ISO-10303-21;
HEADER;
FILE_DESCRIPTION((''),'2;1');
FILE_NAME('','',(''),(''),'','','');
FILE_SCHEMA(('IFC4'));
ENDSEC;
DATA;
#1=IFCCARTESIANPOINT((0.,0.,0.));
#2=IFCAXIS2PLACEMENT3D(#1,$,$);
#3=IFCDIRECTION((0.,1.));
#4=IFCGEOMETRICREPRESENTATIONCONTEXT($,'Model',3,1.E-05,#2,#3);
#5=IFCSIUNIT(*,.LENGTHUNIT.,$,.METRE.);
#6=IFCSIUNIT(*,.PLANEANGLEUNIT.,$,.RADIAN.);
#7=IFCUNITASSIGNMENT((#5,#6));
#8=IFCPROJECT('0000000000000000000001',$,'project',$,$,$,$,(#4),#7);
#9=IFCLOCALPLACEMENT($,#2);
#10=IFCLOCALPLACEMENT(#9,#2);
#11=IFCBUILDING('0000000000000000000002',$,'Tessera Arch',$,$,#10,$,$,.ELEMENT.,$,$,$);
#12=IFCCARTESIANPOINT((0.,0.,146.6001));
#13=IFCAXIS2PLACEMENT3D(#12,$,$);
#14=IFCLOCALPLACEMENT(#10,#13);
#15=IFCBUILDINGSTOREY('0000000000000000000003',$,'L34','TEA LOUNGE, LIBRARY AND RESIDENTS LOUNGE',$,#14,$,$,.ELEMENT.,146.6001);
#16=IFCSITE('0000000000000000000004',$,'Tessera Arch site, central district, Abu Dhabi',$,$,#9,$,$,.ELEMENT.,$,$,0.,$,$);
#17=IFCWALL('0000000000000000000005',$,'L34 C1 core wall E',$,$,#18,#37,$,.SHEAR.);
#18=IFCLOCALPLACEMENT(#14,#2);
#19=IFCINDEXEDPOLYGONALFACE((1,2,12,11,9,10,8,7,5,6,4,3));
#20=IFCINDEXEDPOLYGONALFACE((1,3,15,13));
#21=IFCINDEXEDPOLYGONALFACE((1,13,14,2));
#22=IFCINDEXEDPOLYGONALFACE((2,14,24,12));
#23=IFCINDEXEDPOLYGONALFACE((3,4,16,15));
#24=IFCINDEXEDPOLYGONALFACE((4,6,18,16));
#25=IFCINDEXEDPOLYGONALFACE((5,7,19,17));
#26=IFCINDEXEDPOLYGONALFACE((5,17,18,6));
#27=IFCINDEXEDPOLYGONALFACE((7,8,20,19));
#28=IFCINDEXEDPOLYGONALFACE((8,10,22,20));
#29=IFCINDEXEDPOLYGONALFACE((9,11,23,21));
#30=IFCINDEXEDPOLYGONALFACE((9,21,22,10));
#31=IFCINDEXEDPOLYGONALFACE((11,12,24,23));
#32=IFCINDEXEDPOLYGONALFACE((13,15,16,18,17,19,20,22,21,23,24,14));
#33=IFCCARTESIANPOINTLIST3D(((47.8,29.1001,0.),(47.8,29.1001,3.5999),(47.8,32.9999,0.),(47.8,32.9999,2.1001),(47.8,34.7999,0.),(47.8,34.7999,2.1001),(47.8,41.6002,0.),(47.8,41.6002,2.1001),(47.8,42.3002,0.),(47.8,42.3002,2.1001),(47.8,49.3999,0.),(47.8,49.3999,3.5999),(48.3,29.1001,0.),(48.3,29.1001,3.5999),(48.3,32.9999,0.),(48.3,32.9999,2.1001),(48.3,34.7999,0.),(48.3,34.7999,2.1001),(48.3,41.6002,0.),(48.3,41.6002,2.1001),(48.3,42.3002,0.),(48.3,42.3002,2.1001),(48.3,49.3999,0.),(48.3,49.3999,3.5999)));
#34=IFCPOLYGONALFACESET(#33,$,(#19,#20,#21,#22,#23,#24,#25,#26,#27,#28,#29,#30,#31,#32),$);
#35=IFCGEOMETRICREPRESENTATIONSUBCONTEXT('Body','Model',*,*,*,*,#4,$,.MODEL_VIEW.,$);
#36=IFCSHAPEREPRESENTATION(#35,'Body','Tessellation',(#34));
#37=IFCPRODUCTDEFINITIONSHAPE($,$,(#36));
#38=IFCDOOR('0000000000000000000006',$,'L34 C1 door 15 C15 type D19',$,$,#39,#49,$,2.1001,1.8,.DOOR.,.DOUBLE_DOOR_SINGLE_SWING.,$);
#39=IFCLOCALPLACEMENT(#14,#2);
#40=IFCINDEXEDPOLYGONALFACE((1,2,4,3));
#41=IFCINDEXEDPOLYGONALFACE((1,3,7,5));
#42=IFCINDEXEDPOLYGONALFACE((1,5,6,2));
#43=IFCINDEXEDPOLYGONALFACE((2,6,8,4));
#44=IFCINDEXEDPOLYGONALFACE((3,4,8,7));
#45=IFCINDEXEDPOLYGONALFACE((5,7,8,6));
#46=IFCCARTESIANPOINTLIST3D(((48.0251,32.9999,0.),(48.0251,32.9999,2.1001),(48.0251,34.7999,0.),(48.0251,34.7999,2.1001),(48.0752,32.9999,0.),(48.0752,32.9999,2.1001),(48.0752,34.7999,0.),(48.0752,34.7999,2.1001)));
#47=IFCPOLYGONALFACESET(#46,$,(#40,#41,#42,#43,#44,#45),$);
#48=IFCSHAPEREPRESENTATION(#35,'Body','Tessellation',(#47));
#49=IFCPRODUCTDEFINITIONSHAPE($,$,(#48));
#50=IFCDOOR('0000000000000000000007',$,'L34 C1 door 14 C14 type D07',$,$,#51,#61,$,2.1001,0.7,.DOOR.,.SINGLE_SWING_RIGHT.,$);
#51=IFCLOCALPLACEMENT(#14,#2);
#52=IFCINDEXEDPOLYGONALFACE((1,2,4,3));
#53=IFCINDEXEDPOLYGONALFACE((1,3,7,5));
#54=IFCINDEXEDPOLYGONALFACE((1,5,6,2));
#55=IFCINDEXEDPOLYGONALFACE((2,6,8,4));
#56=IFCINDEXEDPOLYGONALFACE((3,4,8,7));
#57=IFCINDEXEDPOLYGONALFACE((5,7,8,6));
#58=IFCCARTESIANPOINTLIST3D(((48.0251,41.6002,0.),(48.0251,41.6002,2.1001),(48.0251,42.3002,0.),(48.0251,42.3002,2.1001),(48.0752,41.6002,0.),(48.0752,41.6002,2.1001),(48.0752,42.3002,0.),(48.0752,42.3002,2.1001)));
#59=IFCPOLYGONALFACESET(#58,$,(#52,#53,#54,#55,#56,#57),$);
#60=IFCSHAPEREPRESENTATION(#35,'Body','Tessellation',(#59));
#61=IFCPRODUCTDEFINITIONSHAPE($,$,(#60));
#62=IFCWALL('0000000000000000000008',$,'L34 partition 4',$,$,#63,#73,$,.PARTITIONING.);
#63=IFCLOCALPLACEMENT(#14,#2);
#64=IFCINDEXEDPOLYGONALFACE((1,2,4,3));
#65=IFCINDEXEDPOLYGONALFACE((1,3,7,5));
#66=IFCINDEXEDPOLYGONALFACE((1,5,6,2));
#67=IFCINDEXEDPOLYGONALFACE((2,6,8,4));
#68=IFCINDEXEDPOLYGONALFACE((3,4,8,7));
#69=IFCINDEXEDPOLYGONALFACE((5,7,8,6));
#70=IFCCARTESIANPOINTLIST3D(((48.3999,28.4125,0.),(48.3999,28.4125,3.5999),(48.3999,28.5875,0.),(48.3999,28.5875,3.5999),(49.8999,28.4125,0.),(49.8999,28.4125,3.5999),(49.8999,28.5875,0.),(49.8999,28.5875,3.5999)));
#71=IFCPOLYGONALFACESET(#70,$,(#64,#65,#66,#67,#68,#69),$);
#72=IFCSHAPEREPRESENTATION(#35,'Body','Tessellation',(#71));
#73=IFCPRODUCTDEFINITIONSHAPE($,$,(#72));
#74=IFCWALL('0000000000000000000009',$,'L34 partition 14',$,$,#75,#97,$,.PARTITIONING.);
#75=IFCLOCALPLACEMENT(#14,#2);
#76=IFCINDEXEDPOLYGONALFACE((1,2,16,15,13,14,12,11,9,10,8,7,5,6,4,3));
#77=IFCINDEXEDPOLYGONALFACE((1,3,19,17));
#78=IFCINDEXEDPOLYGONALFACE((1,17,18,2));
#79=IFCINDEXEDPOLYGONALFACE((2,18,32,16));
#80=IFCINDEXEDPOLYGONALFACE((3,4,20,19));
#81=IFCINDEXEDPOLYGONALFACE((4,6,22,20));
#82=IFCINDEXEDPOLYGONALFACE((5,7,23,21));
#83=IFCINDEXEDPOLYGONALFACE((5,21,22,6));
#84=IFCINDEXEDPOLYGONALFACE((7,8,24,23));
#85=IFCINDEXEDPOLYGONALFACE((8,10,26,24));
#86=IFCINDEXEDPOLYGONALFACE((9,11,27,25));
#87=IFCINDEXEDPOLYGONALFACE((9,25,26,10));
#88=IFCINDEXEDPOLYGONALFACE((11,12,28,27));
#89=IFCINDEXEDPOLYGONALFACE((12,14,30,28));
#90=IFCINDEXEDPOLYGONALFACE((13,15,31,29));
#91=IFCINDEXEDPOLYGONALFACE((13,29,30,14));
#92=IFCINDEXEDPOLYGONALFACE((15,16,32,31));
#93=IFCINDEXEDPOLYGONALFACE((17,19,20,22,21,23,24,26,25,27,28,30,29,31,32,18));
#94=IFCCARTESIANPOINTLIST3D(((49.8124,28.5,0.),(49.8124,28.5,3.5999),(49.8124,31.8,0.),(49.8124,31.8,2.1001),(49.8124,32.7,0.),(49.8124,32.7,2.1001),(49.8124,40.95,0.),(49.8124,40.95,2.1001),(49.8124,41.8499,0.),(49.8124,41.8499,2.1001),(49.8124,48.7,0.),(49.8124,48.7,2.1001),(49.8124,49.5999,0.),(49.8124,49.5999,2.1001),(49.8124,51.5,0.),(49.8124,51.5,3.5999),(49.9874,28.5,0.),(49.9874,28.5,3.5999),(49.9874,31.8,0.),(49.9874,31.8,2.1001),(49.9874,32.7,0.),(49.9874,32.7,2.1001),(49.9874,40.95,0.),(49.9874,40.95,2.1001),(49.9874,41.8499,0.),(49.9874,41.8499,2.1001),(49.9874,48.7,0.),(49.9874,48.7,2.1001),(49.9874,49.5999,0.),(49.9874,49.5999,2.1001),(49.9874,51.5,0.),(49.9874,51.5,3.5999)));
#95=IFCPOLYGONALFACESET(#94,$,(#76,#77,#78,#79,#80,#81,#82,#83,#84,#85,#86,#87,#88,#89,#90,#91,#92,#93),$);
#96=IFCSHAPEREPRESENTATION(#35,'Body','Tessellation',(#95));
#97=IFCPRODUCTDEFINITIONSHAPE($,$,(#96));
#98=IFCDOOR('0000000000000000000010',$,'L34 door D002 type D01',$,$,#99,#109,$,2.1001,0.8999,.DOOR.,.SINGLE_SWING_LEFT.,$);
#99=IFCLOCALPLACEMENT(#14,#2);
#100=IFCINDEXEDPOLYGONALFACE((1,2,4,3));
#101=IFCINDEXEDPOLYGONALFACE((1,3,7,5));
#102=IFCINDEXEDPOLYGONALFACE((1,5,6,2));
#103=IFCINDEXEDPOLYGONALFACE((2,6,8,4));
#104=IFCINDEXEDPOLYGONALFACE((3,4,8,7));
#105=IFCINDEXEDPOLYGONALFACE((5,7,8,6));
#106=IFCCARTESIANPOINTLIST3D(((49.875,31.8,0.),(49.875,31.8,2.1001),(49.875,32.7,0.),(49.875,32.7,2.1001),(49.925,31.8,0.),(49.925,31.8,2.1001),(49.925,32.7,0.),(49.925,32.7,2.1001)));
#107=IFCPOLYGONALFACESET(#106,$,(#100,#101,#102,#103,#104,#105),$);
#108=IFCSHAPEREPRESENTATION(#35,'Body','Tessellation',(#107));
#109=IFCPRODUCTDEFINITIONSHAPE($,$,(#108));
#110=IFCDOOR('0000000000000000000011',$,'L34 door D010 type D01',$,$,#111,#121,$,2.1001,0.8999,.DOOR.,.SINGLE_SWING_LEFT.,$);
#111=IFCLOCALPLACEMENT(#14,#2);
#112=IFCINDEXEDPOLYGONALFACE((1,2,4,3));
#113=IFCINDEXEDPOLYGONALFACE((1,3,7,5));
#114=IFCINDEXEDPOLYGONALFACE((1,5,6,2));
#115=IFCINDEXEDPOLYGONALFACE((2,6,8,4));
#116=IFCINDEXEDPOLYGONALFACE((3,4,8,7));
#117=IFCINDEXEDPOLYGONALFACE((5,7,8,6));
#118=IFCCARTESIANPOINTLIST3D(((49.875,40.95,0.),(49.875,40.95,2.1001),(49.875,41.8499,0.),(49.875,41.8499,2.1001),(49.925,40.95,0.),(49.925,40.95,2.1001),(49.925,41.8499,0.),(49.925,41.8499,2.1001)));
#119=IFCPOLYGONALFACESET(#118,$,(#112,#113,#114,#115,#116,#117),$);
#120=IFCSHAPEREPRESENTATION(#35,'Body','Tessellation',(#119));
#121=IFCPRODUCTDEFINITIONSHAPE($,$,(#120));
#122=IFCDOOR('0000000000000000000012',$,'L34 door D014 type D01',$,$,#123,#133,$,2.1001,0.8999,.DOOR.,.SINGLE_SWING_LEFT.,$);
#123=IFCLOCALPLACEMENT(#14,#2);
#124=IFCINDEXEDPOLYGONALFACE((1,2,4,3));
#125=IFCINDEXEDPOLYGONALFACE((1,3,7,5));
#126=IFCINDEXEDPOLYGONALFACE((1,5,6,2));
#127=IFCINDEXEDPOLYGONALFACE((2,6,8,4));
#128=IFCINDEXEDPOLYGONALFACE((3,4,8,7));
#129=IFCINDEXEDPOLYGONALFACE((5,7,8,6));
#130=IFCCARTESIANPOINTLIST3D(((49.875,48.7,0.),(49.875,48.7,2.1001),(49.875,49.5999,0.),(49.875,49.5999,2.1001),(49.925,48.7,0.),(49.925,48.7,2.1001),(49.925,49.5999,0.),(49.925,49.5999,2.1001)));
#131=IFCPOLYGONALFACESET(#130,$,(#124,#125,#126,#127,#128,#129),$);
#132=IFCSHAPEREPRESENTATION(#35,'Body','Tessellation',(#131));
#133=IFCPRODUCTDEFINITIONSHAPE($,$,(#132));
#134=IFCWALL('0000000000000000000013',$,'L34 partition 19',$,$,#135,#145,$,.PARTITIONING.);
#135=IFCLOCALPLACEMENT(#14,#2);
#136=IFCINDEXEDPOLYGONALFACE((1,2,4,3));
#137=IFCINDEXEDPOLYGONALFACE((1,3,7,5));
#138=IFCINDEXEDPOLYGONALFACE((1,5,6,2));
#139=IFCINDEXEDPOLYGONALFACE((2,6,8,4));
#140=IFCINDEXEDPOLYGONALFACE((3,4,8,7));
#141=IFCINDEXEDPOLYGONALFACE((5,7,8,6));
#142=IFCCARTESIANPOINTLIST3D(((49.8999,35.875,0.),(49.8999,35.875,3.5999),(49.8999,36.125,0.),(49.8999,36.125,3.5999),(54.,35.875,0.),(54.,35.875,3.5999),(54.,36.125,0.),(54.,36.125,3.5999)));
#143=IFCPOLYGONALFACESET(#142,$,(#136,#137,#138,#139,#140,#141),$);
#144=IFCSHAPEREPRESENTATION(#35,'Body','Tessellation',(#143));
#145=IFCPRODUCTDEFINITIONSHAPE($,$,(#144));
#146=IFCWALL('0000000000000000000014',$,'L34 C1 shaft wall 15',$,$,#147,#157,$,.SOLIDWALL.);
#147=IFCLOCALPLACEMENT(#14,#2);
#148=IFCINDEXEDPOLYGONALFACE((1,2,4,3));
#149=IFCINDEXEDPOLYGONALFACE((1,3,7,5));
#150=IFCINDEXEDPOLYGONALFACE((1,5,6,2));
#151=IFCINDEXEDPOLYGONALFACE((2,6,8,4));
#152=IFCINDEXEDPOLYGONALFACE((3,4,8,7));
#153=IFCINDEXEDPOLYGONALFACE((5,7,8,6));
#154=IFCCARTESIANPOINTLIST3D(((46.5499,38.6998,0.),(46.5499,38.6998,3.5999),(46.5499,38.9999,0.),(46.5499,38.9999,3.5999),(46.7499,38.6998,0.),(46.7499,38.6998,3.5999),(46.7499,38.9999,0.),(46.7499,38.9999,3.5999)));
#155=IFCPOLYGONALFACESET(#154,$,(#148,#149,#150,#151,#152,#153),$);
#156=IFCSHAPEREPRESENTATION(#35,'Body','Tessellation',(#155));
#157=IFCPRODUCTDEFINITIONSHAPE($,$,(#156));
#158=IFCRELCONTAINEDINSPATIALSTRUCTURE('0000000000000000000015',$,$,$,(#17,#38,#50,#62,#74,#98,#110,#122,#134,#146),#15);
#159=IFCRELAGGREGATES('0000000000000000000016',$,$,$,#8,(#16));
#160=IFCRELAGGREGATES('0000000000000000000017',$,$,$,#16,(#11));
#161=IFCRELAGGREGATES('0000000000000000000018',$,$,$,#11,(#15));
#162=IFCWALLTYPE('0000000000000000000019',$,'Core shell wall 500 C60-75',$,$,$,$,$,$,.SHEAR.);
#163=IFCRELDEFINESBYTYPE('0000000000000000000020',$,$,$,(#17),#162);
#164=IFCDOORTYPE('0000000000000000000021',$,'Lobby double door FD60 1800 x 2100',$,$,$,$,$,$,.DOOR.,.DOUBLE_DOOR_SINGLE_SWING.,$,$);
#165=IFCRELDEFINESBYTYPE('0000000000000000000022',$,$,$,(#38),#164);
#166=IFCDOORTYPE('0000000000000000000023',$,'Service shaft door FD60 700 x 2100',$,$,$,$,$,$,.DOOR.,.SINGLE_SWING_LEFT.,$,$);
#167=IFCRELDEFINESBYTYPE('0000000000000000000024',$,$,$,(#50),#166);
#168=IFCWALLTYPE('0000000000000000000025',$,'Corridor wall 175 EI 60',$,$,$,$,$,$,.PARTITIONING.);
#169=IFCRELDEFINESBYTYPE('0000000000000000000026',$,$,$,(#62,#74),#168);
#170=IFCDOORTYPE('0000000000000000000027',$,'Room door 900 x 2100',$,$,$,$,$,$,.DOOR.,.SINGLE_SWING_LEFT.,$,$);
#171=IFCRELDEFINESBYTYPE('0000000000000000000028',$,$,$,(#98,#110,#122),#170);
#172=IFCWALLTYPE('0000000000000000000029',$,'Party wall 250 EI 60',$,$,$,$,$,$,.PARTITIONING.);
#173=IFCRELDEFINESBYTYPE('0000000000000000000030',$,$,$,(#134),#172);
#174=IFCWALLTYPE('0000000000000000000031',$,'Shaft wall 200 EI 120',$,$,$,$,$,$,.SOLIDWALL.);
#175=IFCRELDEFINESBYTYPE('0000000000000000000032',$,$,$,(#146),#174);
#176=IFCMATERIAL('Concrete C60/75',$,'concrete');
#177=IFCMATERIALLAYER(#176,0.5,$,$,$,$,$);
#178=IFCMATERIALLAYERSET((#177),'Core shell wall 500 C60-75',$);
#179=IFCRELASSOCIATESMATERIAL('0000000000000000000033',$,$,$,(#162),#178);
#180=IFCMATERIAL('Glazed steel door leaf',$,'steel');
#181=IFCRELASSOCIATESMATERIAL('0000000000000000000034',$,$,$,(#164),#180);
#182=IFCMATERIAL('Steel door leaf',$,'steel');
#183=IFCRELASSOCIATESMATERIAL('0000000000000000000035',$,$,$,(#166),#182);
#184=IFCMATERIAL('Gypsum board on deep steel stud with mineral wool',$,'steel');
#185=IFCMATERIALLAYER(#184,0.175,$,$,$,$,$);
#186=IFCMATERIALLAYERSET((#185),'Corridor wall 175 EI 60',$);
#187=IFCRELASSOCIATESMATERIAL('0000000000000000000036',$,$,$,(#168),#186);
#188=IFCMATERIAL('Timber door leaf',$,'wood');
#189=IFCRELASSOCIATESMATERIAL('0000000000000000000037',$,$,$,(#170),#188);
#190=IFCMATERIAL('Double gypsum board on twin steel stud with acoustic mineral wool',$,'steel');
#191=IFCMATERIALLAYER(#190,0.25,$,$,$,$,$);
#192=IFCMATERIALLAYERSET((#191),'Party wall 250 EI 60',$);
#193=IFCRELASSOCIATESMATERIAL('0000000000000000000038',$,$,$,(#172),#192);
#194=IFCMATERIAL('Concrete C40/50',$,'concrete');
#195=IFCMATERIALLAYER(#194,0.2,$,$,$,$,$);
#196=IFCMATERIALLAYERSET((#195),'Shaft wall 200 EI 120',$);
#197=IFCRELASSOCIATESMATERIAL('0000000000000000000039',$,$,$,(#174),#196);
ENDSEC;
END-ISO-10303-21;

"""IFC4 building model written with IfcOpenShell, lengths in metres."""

from ifc_helpers import new_model, si_unit, direction, frame, frame_2d, origin, place, context, subcontext, project, spatial, rectangle, extrude, material, layer, layer_set, type_object, element, fill, save


model = new_model("IFC4")

# Units and contexts
model_context = context("Model", 3, precision=1e-05, world=origin(), true_north=direction((0.0, 1.0)))
body_context = subcontext(model_context, "Body", "Model", "MODEL_VIEW")
ifc_project = project(units=[si_unit("LENGTHUNIT", "METRE"), si_unit("PLANEANGLEUNIT", "RADIAN")], contexts=[model_context])

# Site, building, storey
site_placement = place(None, origin())
site = spatial("IfcSite", under=ifc_project, at=site_placement, Name="Tessera Arch site, central district, Abu Dhabi", CompositionType="ELEMENT", RefElevation=0.0)
building_placement = place(site_placement, origin())
building = spatial("IfcBuilding", under=site, at=building_placement, Name="Tessera Arch", CompositionType="ELEMENT")
storey_placement = place(building_placement, frame((0.0, 0.0, 146.6001)))
storey = spatial("IfcBuildingStorey", under=building, at=storey_placement, Name="L34", Description="TEA LOUNGE, LIBRARY AND RESIDENTS LOUNGE", CompositionType="ELEMENT", Elevation=146.6001)

# Wall, openings, doors
ifc_material_1 = material(Name="Concrete C60/75", Category="concrete")
ifc_layer_1 = layer(ifc_material_1, 0.5)
ifc_layer_set_1 = layer_set([ifc_layer_1], Name="Core shell wall 500 C60-75")
wall_type_1 = type_object("IfcWallType", Name="Core shell wall 500 C60-75", PredefinedType="SHEAR", material=ifc_layer_set_1)
wall_1_placement = place(storey_placement, frame((48.05, 29.1001, 0.0), z_axis=(0.0, 0.0, 1.0), x_axis=(0.0, 1.0, 0.0)))
wall_1 = element("IfcWall", 1, at=wall_1_placement, inside=storey, type_object=wall_type_1, Name="L34 C1 core wall E", PredefinedType="SHEAR", context=body_context, shape_type="SweptSolid", body=[
    extrude(rectangle(XDim=20.2998, YDim=0.5, at=frame_2d((10.1499, 0.0))), origin(), (0.0, 0.0, 1.0), 3.5999),
])
opening_1_placement = place(wall_1_placement, frame((12.5, 0.0, 0.0)))
opening_1 = element("IfcOpeningElement", 2, at=opening_1_placement, cuts=wall_1, PredefinedType="OPENING", context=body_context, shape_type="SweptSolid", body=[
    extrude(rectangle(XDim=0.7, YDim=2.1001, at=frame_2d((0.3501, 1.05))), frame((0.0, 0.26, 0.0), z_axis=(0.0, -1.0, 0.0), x_axis=(1.0, 0.0, 0.0)), (0.0, 0.0, 1.0), 0.52),
])
opening_2_placement = place(wall_1_placement, frame((3.8999, 0.0, 0.0)))
opening_2 = element("IfcOpeningElement", 3, at=opening_2_placement, cuts=wall_1, PredefinedType="OPENING", context=body_context, shape_type="SweptSolid", body=[
    extrude(rectangle(XDim=1.8, YDim=2.1001, at=frame_2d((0.8999, 1.05))), frame((0.0, 0.26, 0.0), z_axis=(0.0, -1.0, 0.0), x_axis=(1.0, 0.0, 0.0)), (0.0, 0.0, 1.0), 0.52),
])
ifc_material_2 = material(Name="Glazed steel door leaf", Category="steel")
door_type_1 = type_object("IfcDoorType", Name="Lobby double door FD60 1800 x 2100", OperationType="DOUBLE_DOOR_SINGLE_SWING", PredefinedType="DOOR", material=ifc_material_2)
door_1_placement = place(opening_2_placement, origin())
door_1 = element("IfcDoor", 4, at=door_1_placement, inside=storey, type_object=door_type_1, Name="L34 C1 door 15 C15 type D19", OperationType="DOUBLE_DOOR_SINGLE_SWING", OverallHeight=2.1001, OverallWidth=1.8, PredefinedType="DOOR", context=body_context, shape_type="SweptSolid", body=[
    extrude(rectangle(XDim=1.8, YDim=2.1001, at=frame_2d((0.8999, 1.05))), frame((0.0, 0.0249, 0.0), z_axis=(0.0, -1.0, 0.0), x_axis=(1.0, 0.0, 0.0)), (0.0, 0.0, 1.0), 0.05),
])
fill(opening_2, door_1)
ifc_material_3 = material(Name="Steel door leaf", Category="steel")
door_type_2 = type_object("IfcDoorType", Name="Service shaft door FD60 700 x 2100", OperationType="SINGLE_SWING_LEFT", PredefinedType="DOOR", material=ifc_material_3)
door_2_placement = place(opening_1_placement, origin())
door_2 = element("IfcDoor", 5, at=door_2_placement, inside=storey, type_object=door_type_2, Name="L34 C1 door 14 C14 type D07", OperationType="SINGLE_SWING_RIGHT", OverallHeight=2.1001, OverallWidth=0.7, PredefinedType="DOOR", context=body_context, shape_type="SweptSolid", body=[
    extrude(rectangle(XDim=0.7, YDim=2.1001, at=frame_2d((0.3501, 1.05))), frame((0.0, 0.0249, 0.0), z_axis=(0.0, -1.0, 0.0), x_axis=(1.0, 0.0, 0.0)), (0.0, 0.0, 1.0), 0.05),
])
fill(opening_1, door_2)

# Wall
ifc_material_4 = material(Name="Gypsum board on deep steel stud with mineral wool", Category="steel")
ifc_layer_2 = layer(ifc_material_4, 0.175)
ifc_layer_set_2 = layer_set([ifc_layer_2], Name="Corridor wall 175 EI 60")
wall_type_2 = type_object("IfcWallType", Name="Corridor wall 175 EI 60", PredefinedType="PARTITIONING", material=ifc_layer_set_2)
wall_2_placement = place(storey_placement, frame((48.3999, 28.5, 0.0), z_axis=(0.0, 0.0, 1.0), x_axis=(1.0, 0.0, 0.0)))
element("IfcWall", 6, at=wall_2_placement, inside=storey, type_object=wall_type_2, Name="L34 partition 4", PredefinedType="PARTITIONING", context=body_context, shape_type="SweptSolid", body=[
    extrude(rectangle(XDim=1.5, YDim=0.175, at=frame_2d((0.75, 0.0))), origin(), (0.0, 0.0, 1.0), 3.5999),
])

# Wall, openings, doors
wall_3_placement = place(storey_placement, frame((49.8999, 28.5, 0.0), z_axis=(0.0, 0.0, 1.0), x_axis=(0.0, 1.0, 0.0)))
wall_3 = element("IfcWall", 7, at=wall_3_placement, inside=storey, type_object=wall_type_2, Name="L34 partition 14", PredefinedType="PARTITIONING", context=body_context, shape_type="SweptSolid", body=[
    extrude(rectangle(XDim=23.0, YDim=0.175, at=frame_2d((11.5, 0.0))), origin(), (0.0, 0.0, 1.0), 3.5999),
])
opening_3_placement = place(wall_3_placement, frame((3.3, 0.0, 0.0)))
opening_3 = element("IfcOpeningElement", 8, at=opening_3_placement, cuts=wall_3, PredefinedType="OPENING", context=body_context, shape_type="SweptSolid", body=[
    extrude(rectangle(XDim=0.8999, YDim=2.1001, at=frame_2d((0.45, 1.05))), frame((0.0, 0.0974, 0.0), z_axis=(0.0, -1.0, 0.0), x_axis=(1.0, 0.0, 0.0)), (0.0, 0.0, 1.0), 0.1951),
])
opening_4_placement = place(wall_3_placement, frame((12.45, 0.0, 0.0)))
opening_4 = element("IfcOpeningElement", 9, at=opening_4_placement, cuts=wall_3, PredefinedType="OPENING", context=body_context, shape_type="SweptSolid", body=[
    extrude(rectangle(XDim=0.8999, YDim=2.1001, at=frame_2d((0.45, 1.05))), frame((0.0, 0.0974, 0.0), z_axis=(0.0, -1.0, 0.0), x_axis=(1.0, 0.0, 0.0)), (0.0, 0.0, 1.0), 0.1951),
])
opening_5_placement = place(wall_3_placement, frame((20.2, 0.0, 0.0)))
opening_5 = element("IfcOpeningElement", 10, at=opening_5_placement, cuts=wall_3, PredefinedType="OPENING", context=body_context, shape_type="SweptSolid", body=[
    extrude(rectangle(XDim=0.8999, YDim=2.1001, at=frame_2d((0.45, 1.05))), frame((0.0, 0.0974, 0.0), z_axis=(0.0, -1.0, 0.0), x_axis=(1.0, 0.0, 0.0)), (0.0, 0.0, 1.0), 0.1951),
])
ifc_material_5 = material(Name="Timber door leaf", Category="wood")
door_type_3 = type_object("IfcDoorType", Name="Room door 900 x 2100", OperationType="SINGLE_SWING_LEFT", PredefinedType="DOOR", material=ifc_material_5)
door_3_placement = place(opening_3_placement, origin())
door_3 = element("IfcDoor", 11, at=door_3_placement, inside=storey, type_object=door_type_3, Name="L34 door D002 type D01", OperationType="SINGLE_SWING_LEFT", OverallHeight=2.1001, OverallWidth=0.8999, PredefinedType="DOOR", context=body_context, shape_type="SweptSolid", body=[
    extrude(rectangle(XDim=0.8999, YDim=2.1001, at=frame_2d((0.45, 1.05))), frame((0.0, 0.0249, 0.0), z_axis=(0.0, -1.0, 0.0), x_axis=(1.0, 0.0, 0.0)), (0.0, 0.0, 1.0), 0.05),
])
fill(opening_3, door_3)
door_4_placement = place(opening_4_placement, origin())
door_4 = element("IfcDoor", 12, at=door_4_placement, inside=storey, type_object=door_type_3, Name="L34 door D010 type D01", OperationType="SINGLE_SWING_LEFT", OverallHeight=2.1001, OverallWidth=0.8999, PredefinedType="DOOR", context=body_context, shape_type="SweptSolid", body=[
    extrude(rectangle(XDim=0.8999, YDim=2.1001, at=frame_2d((0.45, 1.05))), frame((0.0, 0.0249, 0.0), z_axis=(0.0, -1.0, 0.0), x_axis=(1.0, 0.0, 0.0)), (0.0, 0.0, 1.0), 0.05),
])
fill(opening_4, door_4)
door_5_placement = place(opening_5_placement, origin())
door_5 = element("IfcDoor", 13, at=door_5_placement, inside=storey, type_object=door_type_3, Name="L34 door D014 type D01", OperationType="SINGLE_SWING_LEFT", OverallHeight=2.1001, OverallWidth=0.8999, PredefinedType="DOOR", context=body_context, shape_type="SweptSolid", body=[
    extrude(rectangle(XDim=0.8999, YDim=2.1001, at=frame_2d((0.45, 1.05))), frame((0.0, 0.0249, 0.0), z_axis=(0.0, -1.0, 0.0), x_axis=(1.0, 0.0, 0.0)), (0.0, 0.0, 1.0), 0.05),
])
fill(opening_5, door_5)

# Walls
ifc_material_6 = material(Name="Double gypsum board on twin steel stud with acoustic mineral wool", Category="steel")
ifc_layer_3 = layer(ifc_material_6, 0.25)
ifc_layer_set_3 = layer_set([ifc_layer_3], Name="Party wall 250 EI 60")
wall_type_3 = type_object("IfcWallType", Name="Party wall 250 EI 60", PredefinedType="PARTITIONING", material=ifc_layer_set_3)
wall_4_placement = place(storey_placement, frame((49.8999, 36.0, 0.0), z_axis=(0.0, 0.0, 1.0), x_axis=(1.0, 0.0, 0.0)))
element("IfcWall", 14, at=wall_4_placement, inside=storey, type_object=wall_type_3, Name="L34 partition 19", PredefinedType="PARTITIONING", context=body_context, shape_type="SweptSolid", body=[
    extrude(rectangle(XDim=4.1001, YDim=0.25, at=frame_2d((2.05, 0.0))), origin(), (0.0, 0.0, 1.0), 3.5999),
])
ifc_material_7 = material(Name="Concrete C40/50", Category="concrete")
ifc_layer_4 = layer(ifc_material_7, 0.2)
ifc_layer_set_4 = layer_set([ifc_layer_4], Name="Shaft wall 200 EI 120")
wall_type_4 = type_object("IfcWallType", Name="Shaft wall 200 EI 120", PredefinedType="SOLIDWALL", material=ifc_layer_set_4)
wall_5_placement = place(storey_placement, frame((46.6499, 38.7, 0.0), z_axis=(0.0, 0.0, 1.0), x_axis=(0.0, 1.0, 0.0)))
element("IfcWall", 15, at=wall_5_placement, inside=storey, type_object=wall_type_4, Name="L34 C1 shaft wall 15", PredefinedType="SOLIDWALL", context=body_context, shape_type="SweptSolid", body=[
    extrude(rectangle(XDim=0.3, YDim=0.2, at=frame_2d((0.1499, 0.0))), origin(), (0.0, 0.0, 1.0), 3.5999),
])

save(model, "model.ifc")
